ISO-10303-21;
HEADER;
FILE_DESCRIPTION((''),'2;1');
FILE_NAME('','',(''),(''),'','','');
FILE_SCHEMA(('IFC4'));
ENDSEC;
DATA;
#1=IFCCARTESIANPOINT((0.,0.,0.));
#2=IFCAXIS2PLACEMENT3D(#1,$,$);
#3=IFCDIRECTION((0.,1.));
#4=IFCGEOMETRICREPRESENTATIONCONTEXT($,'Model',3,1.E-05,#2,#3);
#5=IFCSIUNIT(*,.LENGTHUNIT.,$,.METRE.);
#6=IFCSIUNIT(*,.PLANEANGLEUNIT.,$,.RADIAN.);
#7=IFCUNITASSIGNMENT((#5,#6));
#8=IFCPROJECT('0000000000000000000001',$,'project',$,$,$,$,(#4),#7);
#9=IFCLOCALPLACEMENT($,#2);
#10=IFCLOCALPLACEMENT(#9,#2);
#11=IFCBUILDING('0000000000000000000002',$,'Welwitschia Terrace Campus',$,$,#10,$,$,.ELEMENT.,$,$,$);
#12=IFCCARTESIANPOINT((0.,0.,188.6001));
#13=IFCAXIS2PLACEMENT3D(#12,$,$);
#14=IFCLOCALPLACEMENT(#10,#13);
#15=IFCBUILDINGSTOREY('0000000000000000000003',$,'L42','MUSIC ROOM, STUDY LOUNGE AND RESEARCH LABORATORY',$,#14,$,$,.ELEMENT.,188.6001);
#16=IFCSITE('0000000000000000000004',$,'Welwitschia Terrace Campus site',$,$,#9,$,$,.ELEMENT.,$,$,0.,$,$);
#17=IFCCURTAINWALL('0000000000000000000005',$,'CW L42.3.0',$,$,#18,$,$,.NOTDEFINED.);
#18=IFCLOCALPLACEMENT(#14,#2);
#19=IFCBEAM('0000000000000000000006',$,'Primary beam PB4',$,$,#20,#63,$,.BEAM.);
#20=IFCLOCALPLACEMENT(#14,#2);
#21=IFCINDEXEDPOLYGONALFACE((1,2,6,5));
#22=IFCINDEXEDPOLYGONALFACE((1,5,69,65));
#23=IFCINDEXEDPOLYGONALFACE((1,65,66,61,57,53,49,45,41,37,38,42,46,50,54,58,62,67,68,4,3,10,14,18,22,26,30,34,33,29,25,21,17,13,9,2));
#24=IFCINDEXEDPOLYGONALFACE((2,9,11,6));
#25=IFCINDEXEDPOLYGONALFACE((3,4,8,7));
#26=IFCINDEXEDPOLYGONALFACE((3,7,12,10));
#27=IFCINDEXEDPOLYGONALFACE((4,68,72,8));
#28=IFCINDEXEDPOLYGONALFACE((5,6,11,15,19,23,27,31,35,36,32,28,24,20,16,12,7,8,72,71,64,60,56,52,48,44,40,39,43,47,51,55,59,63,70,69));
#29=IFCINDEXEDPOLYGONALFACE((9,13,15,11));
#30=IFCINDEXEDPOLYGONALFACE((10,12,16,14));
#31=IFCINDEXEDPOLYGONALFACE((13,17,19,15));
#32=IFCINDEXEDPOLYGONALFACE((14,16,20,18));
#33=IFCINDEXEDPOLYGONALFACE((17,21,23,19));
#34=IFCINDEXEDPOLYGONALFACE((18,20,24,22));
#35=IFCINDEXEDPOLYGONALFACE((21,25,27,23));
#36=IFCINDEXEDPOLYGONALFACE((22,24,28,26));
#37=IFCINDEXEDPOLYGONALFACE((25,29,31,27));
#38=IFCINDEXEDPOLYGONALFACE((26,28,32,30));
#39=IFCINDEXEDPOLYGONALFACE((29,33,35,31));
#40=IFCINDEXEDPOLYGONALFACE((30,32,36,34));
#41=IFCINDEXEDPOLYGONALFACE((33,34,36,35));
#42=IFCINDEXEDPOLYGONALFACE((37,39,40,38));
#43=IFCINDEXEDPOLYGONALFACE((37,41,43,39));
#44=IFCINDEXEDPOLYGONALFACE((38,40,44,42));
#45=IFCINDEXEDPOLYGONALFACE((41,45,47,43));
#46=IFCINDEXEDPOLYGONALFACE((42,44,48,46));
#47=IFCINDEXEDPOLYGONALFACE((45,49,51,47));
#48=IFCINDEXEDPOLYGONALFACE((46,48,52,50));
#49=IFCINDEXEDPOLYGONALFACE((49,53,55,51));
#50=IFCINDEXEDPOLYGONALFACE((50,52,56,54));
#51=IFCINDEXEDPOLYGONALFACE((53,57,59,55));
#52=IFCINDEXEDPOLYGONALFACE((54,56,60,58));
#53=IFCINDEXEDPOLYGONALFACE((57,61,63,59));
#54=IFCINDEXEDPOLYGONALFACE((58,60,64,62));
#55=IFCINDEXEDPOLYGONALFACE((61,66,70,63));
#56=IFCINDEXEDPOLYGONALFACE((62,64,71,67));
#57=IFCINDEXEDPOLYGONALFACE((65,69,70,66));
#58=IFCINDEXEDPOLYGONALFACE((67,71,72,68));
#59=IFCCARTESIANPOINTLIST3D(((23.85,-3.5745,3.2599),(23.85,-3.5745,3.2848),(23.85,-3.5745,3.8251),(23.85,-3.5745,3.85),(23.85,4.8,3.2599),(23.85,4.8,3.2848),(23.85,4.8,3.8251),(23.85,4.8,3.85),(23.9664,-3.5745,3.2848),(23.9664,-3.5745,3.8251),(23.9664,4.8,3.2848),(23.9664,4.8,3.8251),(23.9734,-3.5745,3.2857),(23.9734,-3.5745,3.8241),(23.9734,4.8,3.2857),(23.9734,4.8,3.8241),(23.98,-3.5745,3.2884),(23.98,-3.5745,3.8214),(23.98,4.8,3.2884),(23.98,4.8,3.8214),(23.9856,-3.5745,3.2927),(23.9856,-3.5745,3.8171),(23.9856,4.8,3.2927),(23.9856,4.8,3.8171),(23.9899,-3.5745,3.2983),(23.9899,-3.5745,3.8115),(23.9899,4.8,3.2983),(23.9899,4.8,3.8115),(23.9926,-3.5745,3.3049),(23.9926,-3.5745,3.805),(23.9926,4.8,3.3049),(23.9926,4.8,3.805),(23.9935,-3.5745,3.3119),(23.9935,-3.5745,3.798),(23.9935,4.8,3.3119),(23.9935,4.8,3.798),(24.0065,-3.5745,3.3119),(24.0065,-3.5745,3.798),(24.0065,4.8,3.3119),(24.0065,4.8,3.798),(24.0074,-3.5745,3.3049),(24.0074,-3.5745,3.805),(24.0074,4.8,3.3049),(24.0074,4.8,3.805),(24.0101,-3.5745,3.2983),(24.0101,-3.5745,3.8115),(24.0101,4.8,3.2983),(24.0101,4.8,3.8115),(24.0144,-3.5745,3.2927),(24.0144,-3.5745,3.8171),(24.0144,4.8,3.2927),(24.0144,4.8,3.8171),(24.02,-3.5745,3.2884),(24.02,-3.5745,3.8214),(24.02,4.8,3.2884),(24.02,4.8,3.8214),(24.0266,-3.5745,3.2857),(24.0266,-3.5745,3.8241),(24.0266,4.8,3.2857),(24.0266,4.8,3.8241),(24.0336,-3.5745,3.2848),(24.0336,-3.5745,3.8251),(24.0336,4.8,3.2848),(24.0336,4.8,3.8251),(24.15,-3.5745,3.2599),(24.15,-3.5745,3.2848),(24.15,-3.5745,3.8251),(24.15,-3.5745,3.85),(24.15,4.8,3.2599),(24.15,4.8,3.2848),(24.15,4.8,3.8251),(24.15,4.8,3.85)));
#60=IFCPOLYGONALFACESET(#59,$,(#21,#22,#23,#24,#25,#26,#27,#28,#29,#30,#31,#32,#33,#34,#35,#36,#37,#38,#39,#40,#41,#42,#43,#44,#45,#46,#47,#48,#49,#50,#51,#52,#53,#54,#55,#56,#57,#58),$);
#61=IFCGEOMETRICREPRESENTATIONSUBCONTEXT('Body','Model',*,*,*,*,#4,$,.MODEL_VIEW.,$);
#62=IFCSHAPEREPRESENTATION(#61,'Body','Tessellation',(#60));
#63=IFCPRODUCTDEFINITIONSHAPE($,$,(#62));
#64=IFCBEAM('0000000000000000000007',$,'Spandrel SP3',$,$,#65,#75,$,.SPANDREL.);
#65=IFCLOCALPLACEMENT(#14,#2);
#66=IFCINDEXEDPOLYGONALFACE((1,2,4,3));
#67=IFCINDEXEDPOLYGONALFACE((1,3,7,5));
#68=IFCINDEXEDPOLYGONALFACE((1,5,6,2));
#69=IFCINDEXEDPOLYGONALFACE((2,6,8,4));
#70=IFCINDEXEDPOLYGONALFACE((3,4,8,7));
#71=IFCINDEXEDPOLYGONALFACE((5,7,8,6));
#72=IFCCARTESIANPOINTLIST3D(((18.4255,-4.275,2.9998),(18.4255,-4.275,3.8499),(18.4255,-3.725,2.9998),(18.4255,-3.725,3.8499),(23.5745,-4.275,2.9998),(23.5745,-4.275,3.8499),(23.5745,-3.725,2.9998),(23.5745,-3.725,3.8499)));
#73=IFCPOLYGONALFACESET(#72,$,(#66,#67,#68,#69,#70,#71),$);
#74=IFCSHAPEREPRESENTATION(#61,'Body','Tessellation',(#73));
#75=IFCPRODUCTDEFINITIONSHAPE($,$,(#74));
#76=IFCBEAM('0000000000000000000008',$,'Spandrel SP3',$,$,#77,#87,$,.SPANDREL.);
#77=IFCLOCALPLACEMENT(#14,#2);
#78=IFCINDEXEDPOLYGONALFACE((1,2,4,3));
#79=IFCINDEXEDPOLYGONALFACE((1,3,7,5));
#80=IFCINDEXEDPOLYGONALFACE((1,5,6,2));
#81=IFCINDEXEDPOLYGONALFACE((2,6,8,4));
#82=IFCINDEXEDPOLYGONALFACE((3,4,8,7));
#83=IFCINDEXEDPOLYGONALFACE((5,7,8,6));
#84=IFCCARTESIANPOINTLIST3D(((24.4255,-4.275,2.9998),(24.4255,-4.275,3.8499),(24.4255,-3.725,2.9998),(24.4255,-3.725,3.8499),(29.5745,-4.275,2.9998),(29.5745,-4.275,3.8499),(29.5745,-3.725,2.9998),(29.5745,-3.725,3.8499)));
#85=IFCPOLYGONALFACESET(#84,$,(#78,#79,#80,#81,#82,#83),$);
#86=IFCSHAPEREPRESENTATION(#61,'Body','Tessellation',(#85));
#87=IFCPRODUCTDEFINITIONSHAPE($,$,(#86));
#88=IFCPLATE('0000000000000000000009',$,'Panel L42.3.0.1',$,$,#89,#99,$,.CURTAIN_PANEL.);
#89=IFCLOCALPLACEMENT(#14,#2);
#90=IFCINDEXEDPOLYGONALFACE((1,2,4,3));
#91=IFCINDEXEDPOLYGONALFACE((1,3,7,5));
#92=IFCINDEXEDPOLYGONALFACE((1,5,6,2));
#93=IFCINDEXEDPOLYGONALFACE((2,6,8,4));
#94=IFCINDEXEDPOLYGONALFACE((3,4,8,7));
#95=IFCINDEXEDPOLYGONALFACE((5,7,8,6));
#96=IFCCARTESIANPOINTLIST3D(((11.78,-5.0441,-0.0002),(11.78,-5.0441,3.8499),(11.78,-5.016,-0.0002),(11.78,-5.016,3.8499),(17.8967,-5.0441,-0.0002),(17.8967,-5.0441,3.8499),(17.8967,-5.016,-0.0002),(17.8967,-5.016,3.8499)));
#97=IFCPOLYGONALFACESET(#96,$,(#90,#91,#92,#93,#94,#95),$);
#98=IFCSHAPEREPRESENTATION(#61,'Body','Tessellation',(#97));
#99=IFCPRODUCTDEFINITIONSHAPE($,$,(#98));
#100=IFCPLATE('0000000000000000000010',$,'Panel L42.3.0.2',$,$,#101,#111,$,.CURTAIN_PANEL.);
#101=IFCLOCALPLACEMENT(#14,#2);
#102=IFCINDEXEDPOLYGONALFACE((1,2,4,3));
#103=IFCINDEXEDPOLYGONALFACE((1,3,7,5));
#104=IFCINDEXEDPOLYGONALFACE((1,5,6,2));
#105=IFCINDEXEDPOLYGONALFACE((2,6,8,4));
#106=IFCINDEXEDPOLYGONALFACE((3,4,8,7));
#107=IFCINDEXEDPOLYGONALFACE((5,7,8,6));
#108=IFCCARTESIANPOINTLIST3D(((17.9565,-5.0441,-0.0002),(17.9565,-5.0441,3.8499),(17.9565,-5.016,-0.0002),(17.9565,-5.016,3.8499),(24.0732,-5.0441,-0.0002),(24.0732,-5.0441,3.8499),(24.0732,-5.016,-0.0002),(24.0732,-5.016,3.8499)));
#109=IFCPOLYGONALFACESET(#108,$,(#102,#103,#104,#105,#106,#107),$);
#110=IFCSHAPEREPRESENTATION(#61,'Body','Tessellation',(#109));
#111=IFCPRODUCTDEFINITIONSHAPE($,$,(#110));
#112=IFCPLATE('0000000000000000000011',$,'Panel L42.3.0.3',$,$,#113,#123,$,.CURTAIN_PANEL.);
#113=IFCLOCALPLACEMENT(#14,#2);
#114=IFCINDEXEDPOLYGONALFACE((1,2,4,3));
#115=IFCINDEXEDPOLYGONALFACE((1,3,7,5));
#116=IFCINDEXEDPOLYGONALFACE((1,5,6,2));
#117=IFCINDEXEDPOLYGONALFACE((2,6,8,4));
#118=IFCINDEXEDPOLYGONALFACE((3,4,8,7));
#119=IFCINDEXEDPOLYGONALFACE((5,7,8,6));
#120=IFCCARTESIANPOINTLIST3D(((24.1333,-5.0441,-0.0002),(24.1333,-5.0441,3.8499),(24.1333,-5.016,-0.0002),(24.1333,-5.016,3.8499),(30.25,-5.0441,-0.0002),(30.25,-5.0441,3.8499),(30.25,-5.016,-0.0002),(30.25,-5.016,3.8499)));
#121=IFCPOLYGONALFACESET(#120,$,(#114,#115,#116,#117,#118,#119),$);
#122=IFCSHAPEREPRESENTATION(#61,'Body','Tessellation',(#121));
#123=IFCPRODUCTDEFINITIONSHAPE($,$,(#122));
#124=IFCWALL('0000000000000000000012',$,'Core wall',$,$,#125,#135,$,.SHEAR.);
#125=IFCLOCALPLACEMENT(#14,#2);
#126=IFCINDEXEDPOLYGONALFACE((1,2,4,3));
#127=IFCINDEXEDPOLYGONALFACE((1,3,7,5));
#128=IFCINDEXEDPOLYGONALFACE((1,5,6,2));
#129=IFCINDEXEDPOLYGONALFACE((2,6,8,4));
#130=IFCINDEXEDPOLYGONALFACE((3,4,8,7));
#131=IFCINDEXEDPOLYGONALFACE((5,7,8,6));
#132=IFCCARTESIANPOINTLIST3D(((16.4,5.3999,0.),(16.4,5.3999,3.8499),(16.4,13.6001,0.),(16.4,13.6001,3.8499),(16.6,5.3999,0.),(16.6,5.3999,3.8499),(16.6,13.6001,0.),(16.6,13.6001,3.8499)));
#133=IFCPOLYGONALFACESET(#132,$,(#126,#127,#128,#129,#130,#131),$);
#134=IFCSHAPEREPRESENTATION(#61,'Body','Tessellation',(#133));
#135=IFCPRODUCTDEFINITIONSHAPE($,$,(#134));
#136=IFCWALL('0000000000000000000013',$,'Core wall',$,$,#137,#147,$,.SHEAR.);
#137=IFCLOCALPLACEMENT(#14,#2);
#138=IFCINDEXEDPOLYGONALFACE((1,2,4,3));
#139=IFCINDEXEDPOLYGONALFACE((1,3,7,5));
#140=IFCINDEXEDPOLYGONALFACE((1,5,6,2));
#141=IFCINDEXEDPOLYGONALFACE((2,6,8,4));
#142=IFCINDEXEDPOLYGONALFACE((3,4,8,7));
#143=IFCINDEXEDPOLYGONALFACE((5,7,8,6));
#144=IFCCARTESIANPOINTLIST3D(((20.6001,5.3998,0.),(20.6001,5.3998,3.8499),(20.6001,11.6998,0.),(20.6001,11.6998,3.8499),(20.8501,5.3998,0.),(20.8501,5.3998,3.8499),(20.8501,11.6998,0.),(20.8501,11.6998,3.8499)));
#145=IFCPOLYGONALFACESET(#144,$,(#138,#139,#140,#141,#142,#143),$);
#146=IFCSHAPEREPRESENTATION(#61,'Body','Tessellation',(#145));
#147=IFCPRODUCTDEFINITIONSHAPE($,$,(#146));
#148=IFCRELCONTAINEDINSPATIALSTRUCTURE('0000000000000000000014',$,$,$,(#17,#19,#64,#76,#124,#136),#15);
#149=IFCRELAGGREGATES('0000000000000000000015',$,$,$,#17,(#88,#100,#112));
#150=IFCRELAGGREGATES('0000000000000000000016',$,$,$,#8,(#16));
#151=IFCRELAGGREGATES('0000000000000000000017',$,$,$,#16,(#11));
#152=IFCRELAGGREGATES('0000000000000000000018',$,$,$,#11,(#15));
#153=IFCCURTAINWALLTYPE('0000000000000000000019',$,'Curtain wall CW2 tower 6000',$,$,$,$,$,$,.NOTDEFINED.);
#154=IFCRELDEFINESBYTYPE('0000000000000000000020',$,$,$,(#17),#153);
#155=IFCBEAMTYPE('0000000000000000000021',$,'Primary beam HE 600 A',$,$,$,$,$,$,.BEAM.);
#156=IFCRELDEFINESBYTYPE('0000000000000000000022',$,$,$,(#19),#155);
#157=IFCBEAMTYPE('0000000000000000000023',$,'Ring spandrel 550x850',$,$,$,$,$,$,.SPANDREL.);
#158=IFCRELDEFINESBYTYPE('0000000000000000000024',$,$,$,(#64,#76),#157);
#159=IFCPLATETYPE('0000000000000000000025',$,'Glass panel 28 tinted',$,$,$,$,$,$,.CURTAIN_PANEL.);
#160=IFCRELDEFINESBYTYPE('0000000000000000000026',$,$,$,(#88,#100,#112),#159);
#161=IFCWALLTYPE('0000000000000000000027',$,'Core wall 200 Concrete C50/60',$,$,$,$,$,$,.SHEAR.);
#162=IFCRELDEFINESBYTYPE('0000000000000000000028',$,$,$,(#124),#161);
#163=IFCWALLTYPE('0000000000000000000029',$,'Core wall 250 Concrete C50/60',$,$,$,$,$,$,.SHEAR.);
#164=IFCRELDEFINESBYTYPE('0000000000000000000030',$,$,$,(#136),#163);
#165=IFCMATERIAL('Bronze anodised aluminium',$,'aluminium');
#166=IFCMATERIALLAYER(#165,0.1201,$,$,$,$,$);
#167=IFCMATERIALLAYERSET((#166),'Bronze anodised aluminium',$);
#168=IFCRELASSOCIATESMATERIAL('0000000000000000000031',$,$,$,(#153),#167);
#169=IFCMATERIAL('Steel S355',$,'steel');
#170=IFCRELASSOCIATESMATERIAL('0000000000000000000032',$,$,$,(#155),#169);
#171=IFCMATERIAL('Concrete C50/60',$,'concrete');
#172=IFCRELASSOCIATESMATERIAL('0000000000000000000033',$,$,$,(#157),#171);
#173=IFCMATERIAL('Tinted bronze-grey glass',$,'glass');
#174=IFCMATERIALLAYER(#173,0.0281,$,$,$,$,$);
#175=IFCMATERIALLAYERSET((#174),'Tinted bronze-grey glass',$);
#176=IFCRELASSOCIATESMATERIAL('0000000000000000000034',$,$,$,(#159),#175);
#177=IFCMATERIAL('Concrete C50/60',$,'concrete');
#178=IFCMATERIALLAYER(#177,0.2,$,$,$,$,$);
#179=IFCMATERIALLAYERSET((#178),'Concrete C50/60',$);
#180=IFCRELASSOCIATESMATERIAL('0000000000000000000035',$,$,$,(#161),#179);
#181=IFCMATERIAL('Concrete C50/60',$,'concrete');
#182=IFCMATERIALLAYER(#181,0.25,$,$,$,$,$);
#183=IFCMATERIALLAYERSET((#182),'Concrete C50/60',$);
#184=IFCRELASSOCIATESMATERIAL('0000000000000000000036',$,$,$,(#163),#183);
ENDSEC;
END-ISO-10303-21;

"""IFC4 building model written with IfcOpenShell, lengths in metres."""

from ifc_helpers import new_model, si_unit, direction, frame, frame_2d, origin, origin_2d, place, context, subcontext, project, spatial, rectangle, i_section, extrude, material, layer, layer_set, material_profile, profile_set, type_object, element, aggregate, save


model = new_model("IFC4")

# Units and contexts
model_context = context("Model", 3, precision=1e-05, world=origin(), true_north=direction((0.0, 1.0)))
body_context = subcontext(model_context, "Body", "Model", "MODEL_VIEW")
ifc_project = project(units=[si_unit("LENGTHUNIT", "METRE"), si_unit("PLANEANGLEUNIT", "RADIAN")], contexts=[model_context])

# Site, building, storey
site_placement = place(None, origin())
site = spatial("IfcSite", under=ifc_project, at=site_placement, Name="Welwitschia Terrace Campus site", CompositionType="ELEMENT", RefElevation=0.0)
building_placement = place(site_placement, origin())
building = spatial("IfcBuilding", under=site, at=building_placement, Name="Welwitschia Terrace Campus", CompositionType="ELEMENT")
storey_placement = place(building_placement, frame((0.0, 0.0, 188.6001)))
storey = spatial("IfcBuildingStorey", under=building, at=storey_placement, Name="L42", Description="MUSIC ROOM, STUDY LOUNGE AND RESEARCH LABORATORY", CompositionType="ELEMENT", Elevation=188.6001)

# Curtain wall
ifc_material_1 = material(Name="Bronze anodised aluminium", Category="aluminium")
ifc_layer_1 = layer(ifc_material_1, 0.1201)
ifc_layer_set_1 = layer_set([ifc_layer_1], Name="Bronze anodised aluminium")
curtain_wall_type = type_object("IfcCurtainWallType", Name="Curtain wall CW2 tower 6000", PredefinedType="NOTDEFINED", material=ifc_layer_set_1)
curtain_wall_placement = place(storey_placement, origin())
curtain_wall = element("IfcCurtainWall", 1, at=curtain_wall_placement, inside=storey, type_object=curtain_wall_type, Name="CW L42.3.0", PredefinedType="NOTDEFINED")

# Beams
ifc_material_2 = material(Name="Steel S355", Category="steel")
ifc_material_profile_1 = material_profile(ifc_material_2, i_section(OverallWidth=0.3, OverallDepth=0.5901, WebThickness=0.0129, FlangeThickness=0.0249, FilletRadius=0.0271, at=origin_2d()))
ifc_profile_set_1 = profile_set([ifc_material_profile_1], Name="Steel S355")
beam_type_1 = type_object("IfcBeamType", Name="Primary beam HE 600 A", PredefinedType="BEAM", material=ifc_profile_set_1)
beam_1_placement = place(storey_placement, frame((24.0, -3.5745, 3.5549), z_axis=(0.0, 1.0, 0.0), x_axis=(-1.0, 0.0, 0.0)))
element("IfcBeam", 2, at=beam_1_placement, inside=storey, type_object=beam_type_1, Name="Primary beam PB4", PredefinedType="BEAM", context=body_context, shape_type="SweptSolid", body=[
    extrude(i_section(OverallWidth=0.3, OverallDepth=0.5901, WebThickness=0.0129, FlangeThickness=0.0249, FilletRadius=0.0271, at=origin_2d()), origin(), (0.0, 0.0, 1.0), 8.3745),
])
ifc_material_3 = material(Name="Concrete C50/60", Category="concrete")
ifc_material_profile_2 = material_profile(ifc_material_3, rectangle(XDim=0.55, YDim=0.8501, at=origin_2d()))
ifc_profile_set_2 = profile_set([ifc_material_profile_2], Name="Concrete C50/60")
beam_type_2 = type_object("IfcBeamType", Name="Ring spandrel 550x850", PredefinedType="SPANDREL", material=ifc_profile_set_2)
for number, where, z_axis, x_axis, name in (
    (3, (18.4255, -4.0, 3.4248), (1.0, 0.0, 0.0), (0.0, 1.0, 0.0), "Spandrel SP3"),
    (4, (24.4255, -4.0, 3.4248), (1.0, 0.0, 0.0), (0.0, 1.0, 0.0), "Spandrel SP3"),
):
    element("IfcBeam", number, at=place(storey_placement, frame(where, z_axis=z_axis, x_axis=x_axis)), inside=storey, type_object=beam_type_2, Name=name, PredefinedType="SPANDREL", context=body_context, shape_type="SweptSolid", body=[
        extrude(rectangle(XDim=0.55, YDim=0.8501, at=origin_2d()), origin(), (0.0, 0.0, 1.0), 5.1489),
    ])

# Plates
ifc_material_4 = material(Name="Tinted bronze-grey glass", Category="glass")
ifc_layer_2 = layer(ifc_material_4, 0.0281)
ifc_layer_set_2 = layer_set([ifc_layer_2], Name="Tinted bronze-grey glass")
plate_type = type_object("IfcPlateType", Name="Glass panel 28 tinted", PredefinedType="CURTAIN_PANEL", material=ifc_layer_set_2)
plate_1_placement = place(storey_placement, frame((14.8384, -5.03, -0.0002), z_axis=(0.0, 0.0, 1.0), x_axis=(1.0, 0.0, 0.0)))
plate_1 = element("IfcPlate", 5, at=plate_1_placement, type_object=plate_type, Name="Panel L42.3.0.1", PredefinedType="CURTAIN_PANEL", context=body_context, shape_type="SweptSolid", body=[
    extrude(rectangle(XDim=6.1167, YDim=0.0281, at=origin_2d()), origin(), (0.0, 0.0, 1.0), 3.8501),
])
plate_2_placement = place(storey_placement, frame((21.0149, -5.03, -0.0002), z_axis=(0.0, 0.0, 1.0), x_axis=(1.0, 0.0, 0.0)))
plate_2 = element("IfcPlate", 6, at=plate_2_placement, type_object=plate_type, Name="Panel L42.3.0.2", PredefinedType="CURTAIN_PANEL", context=body_context, shape_type="SweptSolid", body=[
    extrude(rectangle(XDim=6.1167, YDim=0.0281, at=origin_2d()), origin(), (0.0, 0.0, 1.0), 3.8501),
])
plate_3_placement = place(storey_placement, frame((27.1917, -5.03, -0.0002), z_axis=(0.0, 0.0, 1.0), x_axis=(1.0, 0.0, 0.0)))
plate_3 = element("IfcPlate", 7, at=plate_3_placement, type_object=plate_type, Name="Panel L42.3.0.3", PredefinedType="CURTAIN_PANEL", context=body_context, shape_type="SweptSolid", body=[
    extrude(rectangle(XDim=6.1167, YDim=0.0281, at=origin_2d()), origin(), (0.0, 0.0, 1.0), 3.8501),
])
aggregate(curtain_wall, [plate_1, plate_2, plate_3])

# Walls
ifc_material_5 = material(Name="Concrete C50/60", Category="concrete")
ifc_layer_3 = layer(ifc_material_5, 0.2)
ifc_layer_set_3 = layer_set([ifc_layer_3], Name="Concrete C50/60")
wall_type_1 = type_object("IfcWallType", Name="Core wall 200 Concrete C50/60", PredefinedType="SHEAR", material=ifc_layer_set_3)
wall_1_placement = place(storey_placement, frame((16.5, 5.3999, 0.0), z_axis=(0.0, 0.0, 1.0), x_axis=(0.0, 1.0, 0.0)))
element("IfcWall", 8, at=wall_1_placement, inside=storey, type_object=wall_type_1, Name="Core wall", PredefinedType="SHEAR", context=body_context, shape_type="SweptSolid", body=[
    extrude(rectangle(XDim=8.2002, YDim=0.2, at=frame_2d((4.1001, 0.0))), origin(), (0.0, 0.0, 1.0), 3.8499),
])
ifc_material_6 = material(Name="Concrete C50/60", Category="concrete")
ifc_layer_4 = layer(ifc_material_6, 0.25)
ifc_layer_set_4 = layer_set([ifc_layer_4], Name="Concrete C50/60")
wall_type_2 = type_object("IfcWallType", Name="Core wall 250 Concrete C50/60", PredefinedType="SHEAR", material=ifc_layer_set_4)
wall_2_placement = place(storey_placement, frame((20.7251, 5.3999, 0.0), z_axis=(0.0, 0.0, 1.0), x_axis=(0.0, 1.0, 0.0)))
element("IfcWall", 9, at=wall_2_placement, inside=storey, type_object=wall_type_2, Name="Core wall", PredefinedType="SHEAR", context=body_context, shape_type="SweptSolid", body=[
    extrude(rectangle(XDim=6.3, YDim=0.25, at=frame_2d((3.1499, 0.0))), origin(), (0.0, 0.0, 1.0), 3.8499),
])

save(model, "model.ifc")
